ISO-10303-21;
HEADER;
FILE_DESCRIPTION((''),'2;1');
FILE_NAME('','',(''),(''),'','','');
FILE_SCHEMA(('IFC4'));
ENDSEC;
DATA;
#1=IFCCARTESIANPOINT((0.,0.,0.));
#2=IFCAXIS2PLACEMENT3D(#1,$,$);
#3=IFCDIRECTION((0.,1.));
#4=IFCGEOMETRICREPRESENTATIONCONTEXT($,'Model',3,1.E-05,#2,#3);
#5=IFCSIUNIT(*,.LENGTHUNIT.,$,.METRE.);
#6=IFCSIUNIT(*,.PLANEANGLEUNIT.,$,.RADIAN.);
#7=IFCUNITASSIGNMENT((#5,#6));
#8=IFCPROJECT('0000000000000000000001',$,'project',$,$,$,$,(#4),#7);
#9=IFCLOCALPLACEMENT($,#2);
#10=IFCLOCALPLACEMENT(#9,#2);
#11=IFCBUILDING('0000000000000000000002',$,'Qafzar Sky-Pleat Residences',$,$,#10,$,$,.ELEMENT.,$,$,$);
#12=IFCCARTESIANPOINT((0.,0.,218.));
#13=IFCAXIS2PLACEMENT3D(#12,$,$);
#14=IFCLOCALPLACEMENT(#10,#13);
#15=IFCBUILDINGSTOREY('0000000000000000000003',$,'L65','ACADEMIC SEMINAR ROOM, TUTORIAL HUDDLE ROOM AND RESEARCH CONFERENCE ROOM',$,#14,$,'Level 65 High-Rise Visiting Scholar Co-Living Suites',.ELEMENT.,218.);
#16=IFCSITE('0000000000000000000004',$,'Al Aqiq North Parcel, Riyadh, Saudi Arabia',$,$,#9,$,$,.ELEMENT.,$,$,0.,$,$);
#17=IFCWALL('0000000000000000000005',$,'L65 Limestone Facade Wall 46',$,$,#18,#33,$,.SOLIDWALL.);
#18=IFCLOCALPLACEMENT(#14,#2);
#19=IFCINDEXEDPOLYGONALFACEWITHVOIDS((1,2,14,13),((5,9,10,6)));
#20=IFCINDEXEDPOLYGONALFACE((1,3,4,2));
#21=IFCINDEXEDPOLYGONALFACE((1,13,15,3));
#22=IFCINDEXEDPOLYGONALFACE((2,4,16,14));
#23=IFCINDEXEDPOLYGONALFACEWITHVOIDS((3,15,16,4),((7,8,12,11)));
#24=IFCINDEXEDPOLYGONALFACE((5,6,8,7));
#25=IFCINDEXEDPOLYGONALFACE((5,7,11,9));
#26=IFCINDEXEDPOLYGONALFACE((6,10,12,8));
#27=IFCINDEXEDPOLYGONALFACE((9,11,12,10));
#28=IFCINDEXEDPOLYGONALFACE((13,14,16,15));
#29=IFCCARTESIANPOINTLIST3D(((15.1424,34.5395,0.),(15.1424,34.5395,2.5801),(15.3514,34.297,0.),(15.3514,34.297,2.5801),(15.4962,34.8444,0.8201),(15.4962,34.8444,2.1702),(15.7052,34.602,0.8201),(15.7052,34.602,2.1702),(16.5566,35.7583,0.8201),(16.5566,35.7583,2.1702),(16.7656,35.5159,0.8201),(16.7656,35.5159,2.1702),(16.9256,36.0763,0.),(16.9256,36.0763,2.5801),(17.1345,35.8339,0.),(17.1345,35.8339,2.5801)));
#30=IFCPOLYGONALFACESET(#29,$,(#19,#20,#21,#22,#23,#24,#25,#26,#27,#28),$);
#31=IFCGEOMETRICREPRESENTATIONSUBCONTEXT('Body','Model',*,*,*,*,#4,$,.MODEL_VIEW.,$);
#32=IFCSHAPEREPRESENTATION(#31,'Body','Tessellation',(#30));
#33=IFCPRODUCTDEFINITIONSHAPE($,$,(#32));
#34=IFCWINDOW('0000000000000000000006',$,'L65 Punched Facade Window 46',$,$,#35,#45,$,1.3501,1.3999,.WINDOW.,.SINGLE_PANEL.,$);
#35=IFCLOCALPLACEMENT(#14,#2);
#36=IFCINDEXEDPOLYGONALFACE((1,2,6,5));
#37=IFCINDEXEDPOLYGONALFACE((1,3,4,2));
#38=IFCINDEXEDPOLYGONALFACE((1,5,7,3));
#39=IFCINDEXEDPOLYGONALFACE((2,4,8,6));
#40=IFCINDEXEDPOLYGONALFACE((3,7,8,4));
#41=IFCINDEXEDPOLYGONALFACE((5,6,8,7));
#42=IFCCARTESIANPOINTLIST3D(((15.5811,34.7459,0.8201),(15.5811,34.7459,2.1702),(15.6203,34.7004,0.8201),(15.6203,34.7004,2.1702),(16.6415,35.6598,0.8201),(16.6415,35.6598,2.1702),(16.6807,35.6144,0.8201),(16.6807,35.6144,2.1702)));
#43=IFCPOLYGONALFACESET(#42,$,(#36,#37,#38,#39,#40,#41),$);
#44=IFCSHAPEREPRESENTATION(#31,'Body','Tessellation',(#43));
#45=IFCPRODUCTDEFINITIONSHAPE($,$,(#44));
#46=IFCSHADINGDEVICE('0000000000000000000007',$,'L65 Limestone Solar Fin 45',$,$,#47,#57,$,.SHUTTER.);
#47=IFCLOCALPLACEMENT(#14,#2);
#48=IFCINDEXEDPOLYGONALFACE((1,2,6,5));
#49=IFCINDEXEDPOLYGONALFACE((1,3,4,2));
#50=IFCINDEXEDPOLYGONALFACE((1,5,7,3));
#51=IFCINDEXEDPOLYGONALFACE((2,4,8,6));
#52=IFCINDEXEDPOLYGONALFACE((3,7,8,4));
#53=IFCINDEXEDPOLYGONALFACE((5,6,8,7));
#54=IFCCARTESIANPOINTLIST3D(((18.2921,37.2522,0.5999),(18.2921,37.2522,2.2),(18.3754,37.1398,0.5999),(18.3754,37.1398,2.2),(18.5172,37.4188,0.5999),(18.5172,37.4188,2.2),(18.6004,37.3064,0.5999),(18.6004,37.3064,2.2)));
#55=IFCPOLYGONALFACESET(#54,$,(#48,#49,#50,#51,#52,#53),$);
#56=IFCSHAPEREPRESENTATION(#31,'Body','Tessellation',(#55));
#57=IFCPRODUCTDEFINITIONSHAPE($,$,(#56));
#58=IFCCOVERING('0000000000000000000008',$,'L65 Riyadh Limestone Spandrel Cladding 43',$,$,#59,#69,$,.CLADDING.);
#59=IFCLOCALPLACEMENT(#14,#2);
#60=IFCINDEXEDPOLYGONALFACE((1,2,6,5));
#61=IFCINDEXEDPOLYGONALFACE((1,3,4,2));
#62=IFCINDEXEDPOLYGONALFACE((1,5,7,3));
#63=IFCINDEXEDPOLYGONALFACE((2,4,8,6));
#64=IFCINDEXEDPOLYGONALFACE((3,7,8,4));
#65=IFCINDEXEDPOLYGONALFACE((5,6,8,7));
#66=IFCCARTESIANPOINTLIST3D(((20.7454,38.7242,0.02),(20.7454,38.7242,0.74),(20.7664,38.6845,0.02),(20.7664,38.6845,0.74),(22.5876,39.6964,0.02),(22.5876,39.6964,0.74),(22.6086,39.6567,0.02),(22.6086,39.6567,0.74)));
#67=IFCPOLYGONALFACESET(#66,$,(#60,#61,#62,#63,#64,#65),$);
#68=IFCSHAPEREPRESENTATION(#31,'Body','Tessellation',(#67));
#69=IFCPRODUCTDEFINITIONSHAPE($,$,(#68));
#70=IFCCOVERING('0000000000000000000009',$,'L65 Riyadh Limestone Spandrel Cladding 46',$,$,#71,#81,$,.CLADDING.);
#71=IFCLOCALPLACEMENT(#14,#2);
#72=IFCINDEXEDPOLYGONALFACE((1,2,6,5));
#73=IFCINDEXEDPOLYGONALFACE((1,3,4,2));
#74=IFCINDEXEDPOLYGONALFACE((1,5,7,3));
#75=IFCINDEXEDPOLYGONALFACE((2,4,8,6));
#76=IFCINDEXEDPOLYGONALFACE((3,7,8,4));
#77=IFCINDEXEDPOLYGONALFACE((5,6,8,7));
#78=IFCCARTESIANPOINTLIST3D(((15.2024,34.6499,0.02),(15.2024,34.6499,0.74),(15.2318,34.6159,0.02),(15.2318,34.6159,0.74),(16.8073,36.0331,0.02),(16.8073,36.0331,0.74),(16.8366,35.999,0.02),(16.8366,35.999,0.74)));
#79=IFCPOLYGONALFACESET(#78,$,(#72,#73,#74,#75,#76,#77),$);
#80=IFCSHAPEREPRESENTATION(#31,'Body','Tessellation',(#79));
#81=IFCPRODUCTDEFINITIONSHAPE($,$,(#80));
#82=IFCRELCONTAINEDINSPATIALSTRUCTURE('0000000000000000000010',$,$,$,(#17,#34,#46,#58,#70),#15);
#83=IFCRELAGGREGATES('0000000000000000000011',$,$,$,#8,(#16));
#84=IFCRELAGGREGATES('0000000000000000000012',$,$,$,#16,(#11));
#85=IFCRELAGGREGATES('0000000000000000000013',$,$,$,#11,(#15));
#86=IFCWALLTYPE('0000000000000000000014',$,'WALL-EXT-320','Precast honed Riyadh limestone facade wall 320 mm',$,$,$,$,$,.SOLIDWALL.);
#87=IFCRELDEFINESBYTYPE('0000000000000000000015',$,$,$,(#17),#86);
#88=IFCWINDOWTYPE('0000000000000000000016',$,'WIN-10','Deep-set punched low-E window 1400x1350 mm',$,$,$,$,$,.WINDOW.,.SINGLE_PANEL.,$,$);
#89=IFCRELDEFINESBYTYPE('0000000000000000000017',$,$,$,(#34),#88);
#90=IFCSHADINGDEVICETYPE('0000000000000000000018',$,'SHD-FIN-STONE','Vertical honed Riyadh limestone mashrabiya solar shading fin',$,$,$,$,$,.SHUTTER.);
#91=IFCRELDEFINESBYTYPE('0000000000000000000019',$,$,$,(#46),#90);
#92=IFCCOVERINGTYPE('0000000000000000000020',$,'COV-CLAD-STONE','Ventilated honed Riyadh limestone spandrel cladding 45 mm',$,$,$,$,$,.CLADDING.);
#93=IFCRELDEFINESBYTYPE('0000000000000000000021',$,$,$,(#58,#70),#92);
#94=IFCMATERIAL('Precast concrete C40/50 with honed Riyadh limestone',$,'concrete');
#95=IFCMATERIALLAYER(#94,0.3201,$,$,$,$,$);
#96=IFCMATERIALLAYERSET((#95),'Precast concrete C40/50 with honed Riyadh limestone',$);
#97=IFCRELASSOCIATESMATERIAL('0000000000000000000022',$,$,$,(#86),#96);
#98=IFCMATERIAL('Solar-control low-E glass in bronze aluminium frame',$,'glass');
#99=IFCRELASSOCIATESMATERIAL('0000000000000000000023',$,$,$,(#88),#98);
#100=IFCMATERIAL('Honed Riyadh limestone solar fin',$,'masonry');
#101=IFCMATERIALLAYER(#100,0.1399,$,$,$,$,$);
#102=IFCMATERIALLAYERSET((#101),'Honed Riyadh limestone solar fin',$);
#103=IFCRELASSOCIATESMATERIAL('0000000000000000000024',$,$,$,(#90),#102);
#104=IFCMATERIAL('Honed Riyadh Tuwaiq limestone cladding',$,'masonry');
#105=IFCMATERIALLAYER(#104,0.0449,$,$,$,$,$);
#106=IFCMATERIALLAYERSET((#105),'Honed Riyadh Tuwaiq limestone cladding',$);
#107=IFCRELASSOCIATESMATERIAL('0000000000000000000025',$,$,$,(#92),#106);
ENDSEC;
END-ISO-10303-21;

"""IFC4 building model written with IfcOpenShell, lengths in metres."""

from ifc_helpers import new_model, si_unit, direction, frame, frame_2d, origin, origin_2d, place, context, subcontext, project, spatial, rectangle, extrude, source, transform, mapped, material, layer, layer_set, type_object, element, fill, save


model = new_model("IFC4")

# Units and contexts
model_context = context("Model", 3, precision=1e-05, world=origin(), true_north=direction((0.0, 1.0)))
body_context = subcontext(model_context, "Body", "Model", "MODEL_VIEW")
ifc_project = project(units=[si_unit("LENGTHUNIT", "METRE"), si_unit("PLANEANGLEUNIT", "RADIAN")], contexts=[model_context])

# Site, building, storey
site_placement = place(None, origin())
site = spatial("IfcSite", under=ifc_project, at=site_placement, Name="Al Aqiq North Parcel, Riyadh, Saudi Arabia", CompositionType="ELEMENT", RefElevation=0.0)
building_placement = place(site_placement, origin())
building = spatial("IfcBuilding", under=site, at=building_placement, Name="Qafzar Sky-Pleat Residences", CompositionType="ELEMENT")
storey_placement = place(building_placement, frame((0.0, 0.0, 218.0)))
storey = spatial("IfcBuildingStorey", under=building, at=storey_placement, Name="L65", Description="ACADEMIC SEMINAR ROOM, TUTORIAL HUDDLE ROOM AND RESEARCH CONFERENCE ROOM", LongName="Level 65 High-Rise Visiting Scholar Co-Living Suites", CompositionType="ELEMENT", Elevation=218.0)

# Wall, opening, window
ifc_material_1 = material(Name="Precast concrete C40/50 with honed Riyadh limestone", Category="concrete")
ifc_layer_1 = layer(ifc_material_1, 0.3201)
ifc_layer_set_1 = layer_set([ifc_layer_1], Name="Precast concrete C40/50 with honed Riyadh limestone")
wall_type_1 = type_object("IfcWallType", Name="WALL-EXT-320", Description="Precast honed Riyadh limestone facade wall 320 mm", PredefinedType="SOLIDWALL", material=ifc_layer_set_1)
ifc_material_2 = material(Name="Solar-control low-E glass in bronze aluminium frame", Category="glass")
wall_1_placement = place(storey_placement, frame((17.03, 35.9551, 0.0), z_axis=(0.0, 0.0, 1.0), x_axis=(-0.75749, -0.652847, 0.0)))
wall_1 = element("IfcWall", 1, at=wall_1_placement, inside=storey, type_object=wall_type_1, Name="L65 Limestone Facade Wall 46", PredefinedType="SOLIDWALL", context=body_context, shape_type="SweptSolid", body=[
    extrude(rectangle(XDim=2.354, YDim=0.3201, at=frame_2d((1.177, 0.0))), origin(), (0.0, 0.0, 1.0), 2.5801),
])
opening_1_placement = place(wall_1_placement, frame((0.4871, 0.0, 0.8201)))
opening_1 = element("IfcOpeningElement", 2, at=opening_1_placement, cuts=wall_1, PredefinedType="OPENING", context=body_context, shape_type="SweptSolid", body=[
    extrude(rectangle(XDim=1.3999, YDim=1.3501, at=frame_2d((0.7, 0.675))), frame((0.0, 0.1699, 0.0), z_axis=(0.0, -1.0, 0.0), x_axis=(1.0, 0.0, 0.0)), (0.0, 0.0, 1.0), 0.3401),
])
window_type_1 = type_object("IfcWindowType", Name="WIN-10", Description="Deep-set punched low-E window 1400x1350 mm", PartitioningType="SINGLE_PANEL", PredefinedType="WINDOW", material=ifc_material_2)
shared_shape_1 = source(origin(), body_context, "Body", "SweptSolid", [
    extrude(rectangle(XDim=1.3999, YDim=1.3501, at=frame_2d((0.7, 0.675))), frame((0.0, 0.03, 0.0), z_axis=(0.0, -1.0, 0.0), x_axis=(1.0, 0.0, 0.0)), (0.0, 0.0, 1.0), 0.0601),
])
window_1_placement = place(opening_1_placement, origin())
window_1 = element("IfcWindow", 3, at=window_1_placement, inside=storey, type_object=window_type_1, Name="L65 Punched Facade Window 46", OverallHeight=1.3501, OverallWidth=1.3999, PartitioningType="SINGLE_PANEL", PredefinedType="WINDOW", context=body_context, shape_type="MappedRepresentation", body=[
    mapped(shared_shape_1, transform((0.0, 0.0, 0.0), x_axis=(1.0, 0.0, 0.0), y_axis=(0.0, 1.0, 0.0), z_axis=(0.0, 0.0, 1.0), scale=1.0)),
])
fill(opening_1, window_1)

# Shading device
ifc_material_3 = material(Name="Honed Riyadh limestone solar fin", Category="masonry")
ifc_layer_2 = layer(ifc_material_3, 0.1399)
ifc_layer_set_2 = layer_set([ifc_layer_2], Name="Honed Riyadh limestone solar fin")
shading_device_type = type_object("IfcShadingDeviceType", Name="SHD-FIN-STONE", Description="Vertical honed Riyadh limestone mashrabiya solar shading fin", PredefinedType="SHUTTER", material=ifc_layer_set_2)
shared_shape_2 = source(origin(), body_context, "Body", "SweptSolid", [
    extrude(rectangle(XDim=0.1399, YDim=0.28, at=origin_2d()), origin(), (0.0, 0.0, 1.0), 1.6001),
])
shading_device_placement = place(storey_placement, frame((18.4463, 37.2793, 0.5999), z_axis=(0.0, 0.0, 1.0), x_axis=(-0.594883, 0.803813, 0.0)))
element("IfcShadingDevice", 4, at=shading_device_placement, inside=storey, type_object=shading_device_type, Name="L65 Limestone Solar Fin 45", PredefinedType="SHUTTER", context=body_context, shape_type="MappedRepresentation", body=[
    mapped(shared_shape_2, transform((0.0, 0.0, 0.0), x_axis=(1.0, 0.0, 0.0), y_axis=(0.0, 1.0, 0.0), z_axis=(0.0, 0.0, 1.0), scale=1.0)),
])

# Coverings
ifc_material_4 = material(Name="Honed Riyadh Tuwaiq limestone cladding", Category="masonry")
ifc_layer_3 = layer(ifc_material_4, 0.0449)
ifc_layer_set_3 = layer_set([ifc_layer_3], Name="Honed Riyadh Tuwaiq limestone cladding")
covering_type = type_object("IfcCoveringType", Name="COV-CLAD-STONE", Description="Ventilated honed Riyadh limestone spandrel cladding 45 mm", PredefinedType="CLADDING", material=ifc_layer_set_3)
shared_shape_3 = source(origin(), body_context, "Body", "SweptSolid", [
    extrude(rectangle(XDim=2.083, YDim=0.0449, at=origin_2d()), origin(), (0.0, 0.0, 1.0), 0.72),
])
covering_1_placement = place(storey_placement, frame((21.677, 39.1904, 0.02), z_axis=(0.0, 0.0, 1.0), x_axis=(-0.884396, -0.466738, 0.0)))
element("IfcCovering", 5, at=covering_1_placement, inside=storey, type_object=covering_type, Name="L65 Riyadh Limestone Spandrel Cladding 43", PredefinedType="CLADDING", context=body_context, shape_type="MappedRepresentation", body=[
    mapped(shared_shape_3, transform((0.0, 0.0, 0.0), x_axis=(1.0, 0.0, 0.0), y_axis=(0.0, 1.0, 0.0), z_axis=(0.0, 0.0, 1.0), scale=1.0)),
])
shared_shape_4 = source(origin(), body_context, "Body", "SweptSolid", [
    extrude(rectangle(XDim=2.1187, YDim=0.0449, at=origin_2d()), origin(), (0.0, 0.0, 1.0), 0.72),
])
covering_2_placement = place(storey_placement, frame((16.0195, 35.3245, 0.02), z_axis=(0.0, 0.0, 1.0), x_axis=(-0.757485, -0.652853, 0.0)))
element("IfcCovering", 6, at=covering_2_placement, inside=storey, type_object=covering_type, Name="L65 Riyadh Limestone Spandrel Cladding 46", PredefinedType="CLADDING", context=body_context, shape_type="MappedRepresentation", body=[
    mapped(shared_shape_4, transform((0.0, 0.0, 0.0), x_axis=(1.0, 0.0, 0.0), y_axis=(0.0, 1.0, 0.0), z_axis=(0.0, 0.0, 1.0), scale=1.0)),
])

save(model, "model.ifc")
